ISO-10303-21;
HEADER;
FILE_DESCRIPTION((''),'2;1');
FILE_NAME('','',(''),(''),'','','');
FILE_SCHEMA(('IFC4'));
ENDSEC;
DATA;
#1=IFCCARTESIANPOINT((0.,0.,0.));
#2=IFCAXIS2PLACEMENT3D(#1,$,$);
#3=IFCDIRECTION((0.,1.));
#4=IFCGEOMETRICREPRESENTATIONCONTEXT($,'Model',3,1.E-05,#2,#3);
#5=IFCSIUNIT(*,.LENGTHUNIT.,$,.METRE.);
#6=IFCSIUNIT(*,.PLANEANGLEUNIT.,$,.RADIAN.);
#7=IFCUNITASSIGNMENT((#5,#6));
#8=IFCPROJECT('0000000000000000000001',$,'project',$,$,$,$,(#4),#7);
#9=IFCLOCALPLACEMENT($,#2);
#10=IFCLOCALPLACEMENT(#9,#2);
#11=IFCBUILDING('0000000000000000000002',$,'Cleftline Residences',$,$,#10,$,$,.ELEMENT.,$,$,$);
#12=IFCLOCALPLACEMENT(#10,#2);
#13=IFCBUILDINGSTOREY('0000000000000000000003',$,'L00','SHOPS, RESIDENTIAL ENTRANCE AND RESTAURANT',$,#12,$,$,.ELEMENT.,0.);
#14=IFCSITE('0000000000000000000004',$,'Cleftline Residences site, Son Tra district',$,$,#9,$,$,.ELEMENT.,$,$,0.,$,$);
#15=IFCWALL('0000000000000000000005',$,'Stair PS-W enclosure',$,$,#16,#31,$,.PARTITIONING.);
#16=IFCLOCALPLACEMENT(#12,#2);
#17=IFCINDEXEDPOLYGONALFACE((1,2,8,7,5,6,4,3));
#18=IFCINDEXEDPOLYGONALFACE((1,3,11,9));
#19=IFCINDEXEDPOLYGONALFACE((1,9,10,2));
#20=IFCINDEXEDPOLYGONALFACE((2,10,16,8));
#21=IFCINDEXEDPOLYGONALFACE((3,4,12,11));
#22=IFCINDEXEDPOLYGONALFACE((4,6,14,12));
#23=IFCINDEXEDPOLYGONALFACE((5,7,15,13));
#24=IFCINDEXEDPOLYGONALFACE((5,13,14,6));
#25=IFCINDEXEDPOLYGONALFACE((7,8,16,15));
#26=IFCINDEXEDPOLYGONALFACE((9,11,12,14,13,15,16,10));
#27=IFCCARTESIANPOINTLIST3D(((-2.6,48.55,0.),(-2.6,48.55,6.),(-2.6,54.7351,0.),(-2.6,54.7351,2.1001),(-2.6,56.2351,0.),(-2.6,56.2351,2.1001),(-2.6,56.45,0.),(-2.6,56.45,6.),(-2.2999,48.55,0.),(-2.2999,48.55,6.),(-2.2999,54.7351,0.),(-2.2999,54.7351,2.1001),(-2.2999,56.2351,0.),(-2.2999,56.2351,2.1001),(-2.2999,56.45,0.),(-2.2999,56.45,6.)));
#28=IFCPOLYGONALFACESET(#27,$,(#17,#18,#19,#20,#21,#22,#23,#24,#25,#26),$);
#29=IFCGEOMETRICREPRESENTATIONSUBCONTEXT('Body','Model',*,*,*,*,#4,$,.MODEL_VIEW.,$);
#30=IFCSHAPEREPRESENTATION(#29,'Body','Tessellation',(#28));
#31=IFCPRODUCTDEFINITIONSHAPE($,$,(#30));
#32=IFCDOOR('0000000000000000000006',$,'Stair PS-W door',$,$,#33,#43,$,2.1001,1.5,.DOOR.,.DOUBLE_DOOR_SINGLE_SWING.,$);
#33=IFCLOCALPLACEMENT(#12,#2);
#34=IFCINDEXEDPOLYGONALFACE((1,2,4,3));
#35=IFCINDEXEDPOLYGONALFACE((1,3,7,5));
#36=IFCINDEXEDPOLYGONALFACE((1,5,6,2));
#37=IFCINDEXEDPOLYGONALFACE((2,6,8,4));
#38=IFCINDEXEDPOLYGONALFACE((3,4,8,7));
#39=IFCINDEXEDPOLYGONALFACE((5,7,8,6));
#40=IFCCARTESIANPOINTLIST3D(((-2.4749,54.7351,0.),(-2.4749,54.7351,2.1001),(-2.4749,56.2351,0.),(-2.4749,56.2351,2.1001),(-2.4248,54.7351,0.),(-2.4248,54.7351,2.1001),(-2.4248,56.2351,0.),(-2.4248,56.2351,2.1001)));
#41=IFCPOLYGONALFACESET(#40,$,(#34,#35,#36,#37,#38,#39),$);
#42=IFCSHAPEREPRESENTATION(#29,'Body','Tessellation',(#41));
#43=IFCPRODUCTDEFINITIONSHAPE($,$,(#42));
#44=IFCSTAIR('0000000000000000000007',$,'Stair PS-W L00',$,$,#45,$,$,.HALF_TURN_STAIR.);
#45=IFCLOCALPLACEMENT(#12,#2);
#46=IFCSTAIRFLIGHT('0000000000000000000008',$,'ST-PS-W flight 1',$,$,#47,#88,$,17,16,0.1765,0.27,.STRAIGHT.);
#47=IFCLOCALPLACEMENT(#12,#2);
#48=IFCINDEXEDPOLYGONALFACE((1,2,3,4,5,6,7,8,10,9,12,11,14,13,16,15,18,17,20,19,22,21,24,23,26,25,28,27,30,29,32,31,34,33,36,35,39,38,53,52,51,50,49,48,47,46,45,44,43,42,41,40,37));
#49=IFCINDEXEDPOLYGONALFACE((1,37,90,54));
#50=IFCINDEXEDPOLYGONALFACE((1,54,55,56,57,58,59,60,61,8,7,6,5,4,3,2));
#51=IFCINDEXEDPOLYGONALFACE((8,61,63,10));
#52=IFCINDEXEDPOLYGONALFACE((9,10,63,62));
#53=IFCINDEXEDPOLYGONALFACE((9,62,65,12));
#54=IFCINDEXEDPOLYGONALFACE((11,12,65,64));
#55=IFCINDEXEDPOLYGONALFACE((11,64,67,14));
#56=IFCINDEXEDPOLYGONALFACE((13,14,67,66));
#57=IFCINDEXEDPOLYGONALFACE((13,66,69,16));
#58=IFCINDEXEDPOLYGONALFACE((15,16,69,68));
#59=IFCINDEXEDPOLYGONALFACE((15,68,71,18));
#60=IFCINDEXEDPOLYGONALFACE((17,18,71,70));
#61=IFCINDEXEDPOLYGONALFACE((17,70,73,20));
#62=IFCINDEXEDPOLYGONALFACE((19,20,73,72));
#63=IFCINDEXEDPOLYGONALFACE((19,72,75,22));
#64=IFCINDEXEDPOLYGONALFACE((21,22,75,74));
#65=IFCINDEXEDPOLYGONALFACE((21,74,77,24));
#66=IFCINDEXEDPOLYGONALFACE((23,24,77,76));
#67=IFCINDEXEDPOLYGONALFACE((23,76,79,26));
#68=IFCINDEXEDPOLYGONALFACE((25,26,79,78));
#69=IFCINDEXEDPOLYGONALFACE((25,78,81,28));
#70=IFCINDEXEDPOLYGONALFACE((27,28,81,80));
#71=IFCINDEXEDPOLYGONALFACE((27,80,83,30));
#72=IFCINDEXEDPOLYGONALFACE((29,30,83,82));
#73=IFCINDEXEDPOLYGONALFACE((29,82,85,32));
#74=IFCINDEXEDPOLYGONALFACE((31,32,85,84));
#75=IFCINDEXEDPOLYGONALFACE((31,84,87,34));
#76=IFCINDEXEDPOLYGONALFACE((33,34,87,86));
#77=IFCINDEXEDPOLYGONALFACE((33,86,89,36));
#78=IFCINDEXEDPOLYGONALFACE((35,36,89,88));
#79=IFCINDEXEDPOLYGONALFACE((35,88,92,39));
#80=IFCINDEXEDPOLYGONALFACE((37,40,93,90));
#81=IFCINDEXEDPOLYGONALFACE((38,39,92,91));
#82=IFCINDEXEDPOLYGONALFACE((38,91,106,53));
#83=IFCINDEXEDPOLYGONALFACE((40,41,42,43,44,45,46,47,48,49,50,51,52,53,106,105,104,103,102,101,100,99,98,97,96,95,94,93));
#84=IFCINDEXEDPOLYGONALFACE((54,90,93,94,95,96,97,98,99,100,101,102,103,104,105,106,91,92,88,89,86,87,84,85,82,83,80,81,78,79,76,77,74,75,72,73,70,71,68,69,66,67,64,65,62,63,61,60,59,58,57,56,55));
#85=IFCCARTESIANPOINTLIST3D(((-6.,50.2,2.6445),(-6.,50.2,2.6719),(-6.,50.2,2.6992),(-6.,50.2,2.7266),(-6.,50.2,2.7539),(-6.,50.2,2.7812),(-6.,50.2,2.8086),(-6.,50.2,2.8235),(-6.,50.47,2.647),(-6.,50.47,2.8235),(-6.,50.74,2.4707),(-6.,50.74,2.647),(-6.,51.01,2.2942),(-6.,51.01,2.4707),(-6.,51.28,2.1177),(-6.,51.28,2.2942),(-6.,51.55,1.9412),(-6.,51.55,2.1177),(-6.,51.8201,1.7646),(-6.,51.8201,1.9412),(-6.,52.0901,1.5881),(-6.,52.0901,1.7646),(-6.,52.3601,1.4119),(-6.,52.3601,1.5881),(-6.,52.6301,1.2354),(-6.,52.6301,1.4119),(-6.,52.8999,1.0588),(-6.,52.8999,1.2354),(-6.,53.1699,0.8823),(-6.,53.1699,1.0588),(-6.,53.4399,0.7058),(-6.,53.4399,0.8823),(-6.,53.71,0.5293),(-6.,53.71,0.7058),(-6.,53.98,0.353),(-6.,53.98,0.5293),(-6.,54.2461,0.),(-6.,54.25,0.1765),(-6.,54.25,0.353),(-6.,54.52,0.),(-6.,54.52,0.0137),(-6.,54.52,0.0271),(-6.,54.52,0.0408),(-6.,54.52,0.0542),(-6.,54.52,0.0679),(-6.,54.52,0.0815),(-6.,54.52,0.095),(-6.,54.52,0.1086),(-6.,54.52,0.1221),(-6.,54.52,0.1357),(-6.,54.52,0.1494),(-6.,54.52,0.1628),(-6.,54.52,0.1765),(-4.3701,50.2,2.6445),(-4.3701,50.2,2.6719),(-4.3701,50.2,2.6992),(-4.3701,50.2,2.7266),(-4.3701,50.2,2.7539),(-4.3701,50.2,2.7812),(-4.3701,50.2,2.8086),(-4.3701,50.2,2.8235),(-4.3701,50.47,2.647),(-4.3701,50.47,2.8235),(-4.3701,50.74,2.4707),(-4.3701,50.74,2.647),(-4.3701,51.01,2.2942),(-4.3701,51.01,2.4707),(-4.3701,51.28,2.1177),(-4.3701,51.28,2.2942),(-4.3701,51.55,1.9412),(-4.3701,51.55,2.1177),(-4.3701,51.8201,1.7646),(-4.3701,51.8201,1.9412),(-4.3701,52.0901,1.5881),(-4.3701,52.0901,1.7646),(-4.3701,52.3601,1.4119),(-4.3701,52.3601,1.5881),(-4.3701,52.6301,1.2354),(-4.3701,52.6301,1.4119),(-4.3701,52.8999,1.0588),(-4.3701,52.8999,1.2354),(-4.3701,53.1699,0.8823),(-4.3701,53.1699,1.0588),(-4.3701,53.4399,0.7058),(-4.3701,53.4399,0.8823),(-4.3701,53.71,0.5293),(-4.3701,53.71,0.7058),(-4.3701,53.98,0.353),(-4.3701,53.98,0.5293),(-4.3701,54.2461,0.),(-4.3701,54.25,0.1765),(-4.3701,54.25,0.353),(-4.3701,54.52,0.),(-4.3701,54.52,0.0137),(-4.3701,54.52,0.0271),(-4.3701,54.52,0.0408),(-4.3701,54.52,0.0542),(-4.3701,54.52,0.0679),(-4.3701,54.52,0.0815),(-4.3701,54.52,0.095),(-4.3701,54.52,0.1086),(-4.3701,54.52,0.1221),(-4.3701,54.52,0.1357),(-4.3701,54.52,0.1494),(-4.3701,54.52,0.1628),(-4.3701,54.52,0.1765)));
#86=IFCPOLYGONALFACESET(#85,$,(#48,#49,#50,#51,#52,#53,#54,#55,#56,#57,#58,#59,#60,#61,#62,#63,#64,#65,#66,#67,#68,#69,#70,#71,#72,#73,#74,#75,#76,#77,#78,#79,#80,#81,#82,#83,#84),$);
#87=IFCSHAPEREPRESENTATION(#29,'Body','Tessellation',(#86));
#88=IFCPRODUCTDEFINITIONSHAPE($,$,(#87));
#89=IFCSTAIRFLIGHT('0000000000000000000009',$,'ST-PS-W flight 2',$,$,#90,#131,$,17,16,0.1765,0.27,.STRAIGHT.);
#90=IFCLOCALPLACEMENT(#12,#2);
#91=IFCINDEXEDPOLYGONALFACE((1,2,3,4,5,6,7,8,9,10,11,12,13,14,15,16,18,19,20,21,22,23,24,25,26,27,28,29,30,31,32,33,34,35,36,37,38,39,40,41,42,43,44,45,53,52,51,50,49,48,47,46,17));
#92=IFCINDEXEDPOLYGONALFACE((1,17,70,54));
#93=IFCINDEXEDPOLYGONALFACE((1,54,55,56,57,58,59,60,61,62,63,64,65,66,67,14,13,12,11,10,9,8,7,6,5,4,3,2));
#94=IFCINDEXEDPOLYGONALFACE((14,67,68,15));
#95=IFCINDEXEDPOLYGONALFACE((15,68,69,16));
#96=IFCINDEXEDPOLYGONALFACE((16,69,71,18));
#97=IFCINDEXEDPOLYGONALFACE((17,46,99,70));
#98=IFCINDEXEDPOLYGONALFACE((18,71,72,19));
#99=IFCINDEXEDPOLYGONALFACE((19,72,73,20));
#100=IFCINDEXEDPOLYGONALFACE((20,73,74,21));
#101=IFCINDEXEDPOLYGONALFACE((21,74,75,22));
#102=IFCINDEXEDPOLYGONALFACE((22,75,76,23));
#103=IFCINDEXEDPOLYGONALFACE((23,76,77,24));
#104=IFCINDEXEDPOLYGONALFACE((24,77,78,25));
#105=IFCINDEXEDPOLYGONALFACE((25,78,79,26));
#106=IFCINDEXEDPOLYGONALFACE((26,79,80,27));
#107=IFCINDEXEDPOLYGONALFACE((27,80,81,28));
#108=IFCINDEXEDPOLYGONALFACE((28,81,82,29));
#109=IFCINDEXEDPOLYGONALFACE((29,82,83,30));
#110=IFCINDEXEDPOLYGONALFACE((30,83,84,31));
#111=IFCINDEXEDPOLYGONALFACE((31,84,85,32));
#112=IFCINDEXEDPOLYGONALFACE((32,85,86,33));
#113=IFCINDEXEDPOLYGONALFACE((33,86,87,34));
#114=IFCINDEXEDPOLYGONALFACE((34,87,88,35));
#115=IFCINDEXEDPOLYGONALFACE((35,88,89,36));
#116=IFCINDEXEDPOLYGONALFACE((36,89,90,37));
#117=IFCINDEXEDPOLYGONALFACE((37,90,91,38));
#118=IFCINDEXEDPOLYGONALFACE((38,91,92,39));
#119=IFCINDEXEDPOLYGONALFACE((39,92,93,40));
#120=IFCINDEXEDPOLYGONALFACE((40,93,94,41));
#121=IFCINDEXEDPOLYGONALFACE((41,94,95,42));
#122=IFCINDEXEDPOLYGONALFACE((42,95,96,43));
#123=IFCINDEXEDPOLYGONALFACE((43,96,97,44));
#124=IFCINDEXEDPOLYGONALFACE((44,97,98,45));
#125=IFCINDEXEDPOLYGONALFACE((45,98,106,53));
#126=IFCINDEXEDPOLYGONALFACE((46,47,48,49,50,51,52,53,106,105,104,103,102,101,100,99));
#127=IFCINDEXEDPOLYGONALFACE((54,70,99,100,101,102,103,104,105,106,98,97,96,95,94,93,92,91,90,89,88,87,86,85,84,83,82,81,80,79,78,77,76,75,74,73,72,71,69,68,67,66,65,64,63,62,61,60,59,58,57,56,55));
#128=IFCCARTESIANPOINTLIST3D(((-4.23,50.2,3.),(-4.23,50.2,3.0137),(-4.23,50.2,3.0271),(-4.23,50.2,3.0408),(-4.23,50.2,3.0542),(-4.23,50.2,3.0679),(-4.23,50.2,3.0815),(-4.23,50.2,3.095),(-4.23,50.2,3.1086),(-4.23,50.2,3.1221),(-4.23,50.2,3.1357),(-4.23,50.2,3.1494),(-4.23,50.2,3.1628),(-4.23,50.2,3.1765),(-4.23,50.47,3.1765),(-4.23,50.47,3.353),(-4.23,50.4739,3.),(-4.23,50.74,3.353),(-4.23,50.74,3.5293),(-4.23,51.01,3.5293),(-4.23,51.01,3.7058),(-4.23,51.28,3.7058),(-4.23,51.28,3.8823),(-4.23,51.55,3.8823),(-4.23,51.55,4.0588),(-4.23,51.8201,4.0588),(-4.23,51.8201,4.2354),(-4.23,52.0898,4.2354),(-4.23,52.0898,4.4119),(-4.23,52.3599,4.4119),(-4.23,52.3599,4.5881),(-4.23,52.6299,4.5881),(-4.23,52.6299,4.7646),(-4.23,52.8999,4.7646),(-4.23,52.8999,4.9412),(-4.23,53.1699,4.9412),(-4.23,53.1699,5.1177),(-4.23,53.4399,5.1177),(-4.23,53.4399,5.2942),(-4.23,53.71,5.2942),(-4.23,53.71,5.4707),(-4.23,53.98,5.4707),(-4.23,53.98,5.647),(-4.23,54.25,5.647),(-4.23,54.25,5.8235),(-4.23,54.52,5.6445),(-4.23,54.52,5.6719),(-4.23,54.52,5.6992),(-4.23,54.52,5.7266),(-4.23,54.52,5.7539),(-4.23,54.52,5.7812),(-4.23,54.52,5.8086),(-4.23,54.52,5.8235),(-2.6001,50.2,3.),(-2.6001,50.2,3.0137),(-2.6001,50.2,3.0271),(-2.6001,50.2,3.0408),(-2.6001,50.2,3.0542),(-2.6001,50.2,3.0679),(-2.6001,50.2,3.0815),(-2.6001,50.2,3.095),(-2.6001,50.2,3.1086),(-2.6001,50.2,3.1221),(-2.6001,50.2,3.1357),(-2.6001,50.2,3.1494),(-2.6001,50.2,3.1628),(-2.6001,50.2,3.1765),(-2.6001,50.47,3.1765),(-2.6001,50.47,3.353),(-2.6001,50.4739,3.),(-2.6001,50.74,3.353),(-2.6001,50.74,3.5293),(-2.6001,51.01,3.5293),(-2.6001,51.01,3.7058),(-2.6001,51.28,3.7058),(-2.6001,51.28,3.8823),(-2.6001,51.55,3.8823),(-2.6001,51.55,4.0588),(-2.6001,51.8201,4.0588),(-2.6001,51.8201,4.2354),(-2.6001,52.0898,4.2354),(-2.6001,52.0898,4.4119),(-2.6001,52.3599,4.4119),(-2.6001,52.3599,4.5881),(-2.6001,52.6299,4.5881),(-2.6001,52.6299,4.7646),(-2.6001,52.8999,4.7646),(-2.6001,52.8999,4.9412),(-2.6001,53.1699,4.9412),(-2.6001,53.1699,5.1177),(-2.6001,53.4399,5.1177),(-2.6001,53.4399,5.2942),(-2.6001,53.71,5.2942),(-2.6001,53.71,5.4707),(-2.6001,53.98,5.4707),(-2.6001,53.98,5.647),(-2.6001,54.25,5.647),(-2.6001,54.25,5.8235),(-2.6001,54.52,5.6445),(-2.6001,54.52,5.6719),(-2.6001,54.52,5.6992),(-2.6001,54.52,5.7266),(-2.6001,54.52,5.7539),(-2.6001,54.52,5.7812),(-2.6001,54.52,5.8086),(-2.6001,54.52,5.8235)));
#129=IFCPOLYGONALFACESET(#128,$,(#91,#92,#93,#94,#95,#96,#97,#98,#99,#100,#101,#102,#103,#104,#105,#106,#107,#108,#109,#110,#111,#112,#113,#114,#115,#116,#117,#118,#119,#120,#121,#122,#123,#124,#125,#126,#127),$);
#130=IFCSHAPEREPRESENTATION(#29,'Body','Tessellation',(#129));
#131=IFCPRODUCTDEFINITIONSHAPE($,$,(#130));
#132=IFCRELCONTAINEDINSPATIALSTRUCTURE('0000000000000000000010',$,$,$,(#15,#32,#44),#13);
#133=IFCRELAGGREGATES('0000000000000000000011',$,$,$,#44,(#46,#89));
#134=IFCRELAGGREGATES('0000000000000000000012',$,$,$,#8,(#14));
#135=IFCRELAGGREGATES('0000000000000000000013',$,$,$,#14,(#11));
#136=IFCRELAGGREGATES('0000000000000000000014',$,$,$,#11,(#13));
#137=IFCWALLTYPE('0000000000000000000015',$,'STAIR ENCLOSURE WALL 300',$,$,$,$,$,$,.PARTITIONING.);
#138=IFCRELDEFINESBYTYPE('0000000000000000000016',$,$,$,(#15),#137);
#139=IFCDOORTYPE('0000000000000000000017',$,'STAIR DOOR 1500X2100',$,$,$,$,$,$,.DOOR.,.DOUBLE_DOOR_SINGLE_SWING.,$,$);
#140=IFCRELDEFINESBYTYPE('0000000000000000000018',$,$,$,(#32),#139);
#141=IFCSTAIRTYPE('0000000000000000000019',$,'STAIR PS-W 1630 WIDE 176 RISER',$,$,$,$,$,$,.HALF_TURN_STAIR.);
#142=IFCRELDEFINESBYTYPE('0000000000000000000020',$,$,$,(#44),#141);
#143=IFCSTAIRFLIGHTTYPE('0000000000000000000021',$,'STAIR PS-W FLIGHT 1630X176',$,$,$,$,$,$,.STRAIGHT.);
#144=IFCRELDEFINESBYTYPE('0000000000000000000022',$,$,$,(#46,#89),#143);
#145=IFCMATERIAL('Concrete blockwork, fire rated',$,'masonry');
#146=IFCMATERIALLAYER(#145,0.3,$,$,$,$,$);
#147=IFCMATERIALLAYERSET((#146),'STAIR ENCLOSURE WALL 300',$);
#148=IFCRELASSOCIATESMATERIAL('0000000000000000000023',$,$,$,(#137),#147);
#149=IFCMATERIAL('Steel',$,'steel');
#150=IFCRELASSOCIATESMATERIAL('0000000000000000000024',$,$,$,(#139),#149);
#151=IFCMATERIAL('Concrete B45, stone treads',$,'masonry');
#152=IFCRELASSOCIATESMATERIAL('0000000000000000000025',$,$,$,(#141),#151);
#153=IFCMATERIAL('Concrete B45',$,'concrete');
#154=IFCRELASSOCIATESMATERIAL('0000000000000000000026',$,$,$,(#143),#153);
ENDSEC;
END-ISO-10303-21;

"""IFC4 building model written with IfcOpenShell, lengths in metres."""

from ifc_helpers import new_model, si_unit, direction, frame, frame_2d, origin, place, context, subcontext, project, spatial, polyline, rectangle, outline, extrude, material, layer, layer_set, type_object, element, fill, aggregate, save


model = new_model("IFC4")

# Units and contexts
model_context = context("Model", 3, precision=1e-05, world=origin(), true_north=direction((0.0, 1.0)))
body_context = subcontext(model_context, "Body", "Model", "MODEL_VIEW")
ifc_project = project(units=[si_unit("LENGTHUNIT", "METRE"), si_unit("PLANEANGLEUNIT", "RADIAN")], contexts=[model_context])

# Site, building, storey
site_placement = place(None, origin())
site = spatial("IfcSite", under=ifc_project, at=site_placement, Name="Cleftline Residences site, Son Tra district", CompositionType="ELEMENT", RefElevation=0.0)
building_placement = place(site_placement, origin())
building = spatial("IfcBuilding", under=site, at=building_placement, Name="Cleftline Residences", CompositionType="ELEMENT")
storey_placement = place(building_placement, origin())
storey = spatial("IfcBuildingStorey", under=building, at=storey_placement, Name="L00", Description="SHOPS, RESIDENTIAL ENTRANCE AND RESTAURANT", CompositionType="ELEMENT", Elevation=0.0)

# Shared definitions
ifc_material_1 = material(Name="Concrete blockwork, fire rated", Category="masonry")
ifc_layer = layer(ifc_material_1, 0.3)
ifc_layer_set = layer_set([ifc_layer], Name="STAIR ENCLOSURE WALL 300")
wall_type = type_object("IfcWallType", Name="STAIR ENCLOSURE WALL 300", PredefinedType="PARTITIONING", material=ifc_layer_set)

# Wall, opening, door
wall_1_placement = place(storey_placement, frame((-2.45, 48.55, 0.0), z_axis=(0.0, 0.0, 1.0), x_axis=(0.0, 1.0, 0.0)))
wall_1 = element("IfcWall", 1, at=wall_1_placement, inside=storey, type_object=wall_type, Name="Stair PS-W enclosure", PredefinedType="PARTITIONING", context=body_context, shape_type="SweptSolid", body=[
    extrude(rectangle(XDim=7.8999, YDim=0.3, at=frame_2d((3.95, 0.0))), origin(), (0.0, 0.0, 1.0), 6.0),
])
opening_placement = place(wall_1_placement, frame((6.1851, 0.0, 0.0)))
opening = element("IfcOpeningElement", 2, at=opening_placement, cuts=wall_1, PredefinedType="OPENING", context=body_context, shape_type="SweptSolid", body=[
    extrude(rectangle(XDim=1.5, YDim=2.1001, at=frame_2d((0.75, 1.05))), frame((0.0, 0.1599, 0.0), z_axis=(0.0, -1.0, 0.0), x_axis=(1.0, 0.0, 0.0)), (0.0, 0.0, 1.0), 0.3201),
])
ifc_material_2 = material(Name="Steel", Category="steel")
door_type = type_object("IfcDoorType", Name="STAIR DOOR 1500X2100", OperationType="DOUBLE_DOOR_SINGLE_SWING", PredefinedType="DOOR", material=ifc_material_2)
door_placement = place(opening_placement, origin())
door = element("IfcDoor", 3, at=door_placement, inside=storey, type_object=door_type, Name="Stair PS-W door", OperationType="DOUBLE_DOOR_SINGLE_SWING", OverallHeight=2.1001, OverallWidth=1.5, PredefinedType="DOOR", context=body_context, shape_type="SweptSolid", body=[
    extrude(rectangle(XDim=1.5, YDim=2.1001, at=frame_2d((0.75, 1.05))), frame((0.0, 0.0249, 0.0), z_axis=(0.0, -1.0, 0.0), x_axis=(1.0, 0.0, 0.0)), (0.0, 0.0, 1.0), 0.05),
])
fill(opening, door)

# Stair, stair flights
ifc_material_3 = material(Name="Concrete B45, stone treads", Category="masonry")
stair_type = type_object("IfcStairType", Name="STAIR PS-W 1630 WIDE 176 RISER", PredefinedType="HALF_TURN_STAIR", material=ifc_material_3)
stair_placement = place(storey_placement, origin())
stair = element("IfcStair", 4, at=stair_placement, inside=storey, type_object=stair_type, Name="Stair PS-W L00", PredefinedType="HALF_TURN_STAIR")
ifc_material_4 = material(Name="Concrete B45", Category="concrete")
stair_flight_type = type_object("IfcStairFlightType", Name="STAIR PS-W FLIGHT 1630X176", PredefinedType="STRAIGHT", material=ifc_material_4)
stair_flight_1_placement = place(storey_placement, frame((-5.1851, 54.52, 0.0), z_axis=(0.0, 0.0, 1.0), x_axis=(0.0, -1.0, 0.0)))
stair_flight_1 = element("IfcStairFlight", 5, at=stair_flight_1_placement, type_object=stair_flight_type, Name="ST-PS-W flight 1", NumberOfRisers=17, NumberOfTreads=16, PredefinedType="STRAIGHT", RiserHeight=0.1765, TreadLength=0.27, context=body_context, shape_type="SweptSolid", body=[
    extrude(outline(polyline([(0.0, 0.0), (0.0, 0.0137), (0.0, 0.0271), (0.0, 0.0408), (0.0, 0.0542), (0.0, 0.0679), (0.0, 0.0815), (0.0, 0.095), (0.0, 0.1086), (0.0, 0.1221), (0.0, 0.1357), (0.0, 0.1494), (0.0, 0.1628), (0.0, 0.1765), (0.27, 0.1765), (0.27, 0.353), (0.54, 0.353), (0.54, 0.5293), (0.8101, 0.5293), (0.8101, 0.7058), (1.0801, 0.7058), (1.0801, 0.8823), (1.3501, 0.8823), (1.3501, 1.0588), (1.6201, 1.0588), (1.6201, 1.2354), (1.8899, 1.2354), (1.8899, 1.4119), (2.1599, 1.4119), (2.1599, 1.5881), (2.4299, 1.5881), (2.4299, 1.7646), (2.7, 1.7646), (2.7, 1.9412), (2.97, 1.9412), (2.97, 2.1177), (3.24, 2.1177), (3.24, 2.2942), (3.51, 2.2942), (3.51, 2.4707), (3.78, 2.4707), (3.78, 2.647), (4.05, 2.647), (4.05, 2.8235), (4.3201, 2.8235), (4.3201, 3.0), (4.3201, 2.9727), (4.3201, 2.9453), (4.3201, 2.918), (4.3201, 2.8906), (4.3201, 2.8633), (4.3201, 2.8359), (4.3201, 2.8086), (4.3201, 2.7812), (4.3201, 2.7539), (4.3201, 2.7266), (4.3201, 2.6992), (4.3201, 2.6719), (4.3201, 2.6445), (0.2739, 0.0), (0.0, 0.0)])), frame((0.0, 0.8149, 0.0), z_axis=(0.0, -1.0, 0.0), x_axis=(1.0, 0.0, 0.0)), (0.0, 0.0, 1.0), 1.6299),
])
stair_flight_2_placement = place(storey_placement, frame((-3.415, 50.2, 3.0), z_axis=(0.0, 0.0, 1.0), x_axis=(0.0, 1.0, 0.0)))
stair_flight_2 = element("IfcStairFlight", 6, at=stair_flight_2_placement, type_object=stair_flight_type, Name="ST-PS-W flight 2", NumberOfRisers=17, NumberOfTreads=16, PredefinedType="STRAIGHT", RiserHeight=0.1765, TreadLength=0.27, context=body_context, shape_type="SweptSolid", body=[
    extrude(outline(polyline([(0.0, 0.0), (0.0, 0.0137), (0.0, 0.0271), (0.0, 0.0408), (0.0, 0.0542), (0.0, 0.0679), (0.0, 0.0815), (0.0, 0.095), (0.0, 0.1086), (0.0, 0.1221), (0.0, 0.1357), (0.0, 0.1494), (0.0, 0.1628), (0.0, 0.1765), (0.27, 0.1765), (0.27, 0.353), (0.54, 0.353), (0.54, 0.5293), (0.8101, 0.5293), (0.8101, 0.7058), (1.0801, 0.7058), (1.0801, 0.8823), (1.3501, 0.8823), (1.3501, 1.0588), (1.6201, 1.0588), (1.6201, 1.2354), (1.8899, 1.2354), (1.8899, 1.4119), (2.1599, 1.4119), (2.1599, 1.5881), (2.4299, 1.5881), (2.4299, 1.7646), (2.7, 1.7646), (2.7, 1.9412), (2.97, 1.9412), (2.97, 2.1177), (3.24, 2.1177), (3.24, 2.2942), (3.51, 2.2942), (3.51, 2.4707), (3.78, 2.4707), (3.78, 2.647), (4.05, 2.647), (4.05, 2.8235), (4.3201, 2.8235), (4.3201, 3.0), (4.3201, 2.9727), (4.3201, 2.9453), (4.3201, 2.918), (4.3201, 2.8906), (4.3201, 2.8633), (4.3201, 2.8359), (4.3201, 2.8086), (4.3201, 2.7812), (4.3201, 2.7539), (4.3201, 2.7266), (4.3201, 2.6992), (4.3201, 2.6719), (4.3201, 2.6445), (0.2739, 0.0), (0.0, 0.0)])), frame((0.0, 0.8149, 0.0), z_axis=(0.0, -1.0, 0.0), x_axis=(1.0, 0.0, 0.0)), (0.0, 0.0, 1.0), 1.6299),
])
aggregate(stair, [stair_flight_1, stair_flight_2])

save(model, "model.ifc")
